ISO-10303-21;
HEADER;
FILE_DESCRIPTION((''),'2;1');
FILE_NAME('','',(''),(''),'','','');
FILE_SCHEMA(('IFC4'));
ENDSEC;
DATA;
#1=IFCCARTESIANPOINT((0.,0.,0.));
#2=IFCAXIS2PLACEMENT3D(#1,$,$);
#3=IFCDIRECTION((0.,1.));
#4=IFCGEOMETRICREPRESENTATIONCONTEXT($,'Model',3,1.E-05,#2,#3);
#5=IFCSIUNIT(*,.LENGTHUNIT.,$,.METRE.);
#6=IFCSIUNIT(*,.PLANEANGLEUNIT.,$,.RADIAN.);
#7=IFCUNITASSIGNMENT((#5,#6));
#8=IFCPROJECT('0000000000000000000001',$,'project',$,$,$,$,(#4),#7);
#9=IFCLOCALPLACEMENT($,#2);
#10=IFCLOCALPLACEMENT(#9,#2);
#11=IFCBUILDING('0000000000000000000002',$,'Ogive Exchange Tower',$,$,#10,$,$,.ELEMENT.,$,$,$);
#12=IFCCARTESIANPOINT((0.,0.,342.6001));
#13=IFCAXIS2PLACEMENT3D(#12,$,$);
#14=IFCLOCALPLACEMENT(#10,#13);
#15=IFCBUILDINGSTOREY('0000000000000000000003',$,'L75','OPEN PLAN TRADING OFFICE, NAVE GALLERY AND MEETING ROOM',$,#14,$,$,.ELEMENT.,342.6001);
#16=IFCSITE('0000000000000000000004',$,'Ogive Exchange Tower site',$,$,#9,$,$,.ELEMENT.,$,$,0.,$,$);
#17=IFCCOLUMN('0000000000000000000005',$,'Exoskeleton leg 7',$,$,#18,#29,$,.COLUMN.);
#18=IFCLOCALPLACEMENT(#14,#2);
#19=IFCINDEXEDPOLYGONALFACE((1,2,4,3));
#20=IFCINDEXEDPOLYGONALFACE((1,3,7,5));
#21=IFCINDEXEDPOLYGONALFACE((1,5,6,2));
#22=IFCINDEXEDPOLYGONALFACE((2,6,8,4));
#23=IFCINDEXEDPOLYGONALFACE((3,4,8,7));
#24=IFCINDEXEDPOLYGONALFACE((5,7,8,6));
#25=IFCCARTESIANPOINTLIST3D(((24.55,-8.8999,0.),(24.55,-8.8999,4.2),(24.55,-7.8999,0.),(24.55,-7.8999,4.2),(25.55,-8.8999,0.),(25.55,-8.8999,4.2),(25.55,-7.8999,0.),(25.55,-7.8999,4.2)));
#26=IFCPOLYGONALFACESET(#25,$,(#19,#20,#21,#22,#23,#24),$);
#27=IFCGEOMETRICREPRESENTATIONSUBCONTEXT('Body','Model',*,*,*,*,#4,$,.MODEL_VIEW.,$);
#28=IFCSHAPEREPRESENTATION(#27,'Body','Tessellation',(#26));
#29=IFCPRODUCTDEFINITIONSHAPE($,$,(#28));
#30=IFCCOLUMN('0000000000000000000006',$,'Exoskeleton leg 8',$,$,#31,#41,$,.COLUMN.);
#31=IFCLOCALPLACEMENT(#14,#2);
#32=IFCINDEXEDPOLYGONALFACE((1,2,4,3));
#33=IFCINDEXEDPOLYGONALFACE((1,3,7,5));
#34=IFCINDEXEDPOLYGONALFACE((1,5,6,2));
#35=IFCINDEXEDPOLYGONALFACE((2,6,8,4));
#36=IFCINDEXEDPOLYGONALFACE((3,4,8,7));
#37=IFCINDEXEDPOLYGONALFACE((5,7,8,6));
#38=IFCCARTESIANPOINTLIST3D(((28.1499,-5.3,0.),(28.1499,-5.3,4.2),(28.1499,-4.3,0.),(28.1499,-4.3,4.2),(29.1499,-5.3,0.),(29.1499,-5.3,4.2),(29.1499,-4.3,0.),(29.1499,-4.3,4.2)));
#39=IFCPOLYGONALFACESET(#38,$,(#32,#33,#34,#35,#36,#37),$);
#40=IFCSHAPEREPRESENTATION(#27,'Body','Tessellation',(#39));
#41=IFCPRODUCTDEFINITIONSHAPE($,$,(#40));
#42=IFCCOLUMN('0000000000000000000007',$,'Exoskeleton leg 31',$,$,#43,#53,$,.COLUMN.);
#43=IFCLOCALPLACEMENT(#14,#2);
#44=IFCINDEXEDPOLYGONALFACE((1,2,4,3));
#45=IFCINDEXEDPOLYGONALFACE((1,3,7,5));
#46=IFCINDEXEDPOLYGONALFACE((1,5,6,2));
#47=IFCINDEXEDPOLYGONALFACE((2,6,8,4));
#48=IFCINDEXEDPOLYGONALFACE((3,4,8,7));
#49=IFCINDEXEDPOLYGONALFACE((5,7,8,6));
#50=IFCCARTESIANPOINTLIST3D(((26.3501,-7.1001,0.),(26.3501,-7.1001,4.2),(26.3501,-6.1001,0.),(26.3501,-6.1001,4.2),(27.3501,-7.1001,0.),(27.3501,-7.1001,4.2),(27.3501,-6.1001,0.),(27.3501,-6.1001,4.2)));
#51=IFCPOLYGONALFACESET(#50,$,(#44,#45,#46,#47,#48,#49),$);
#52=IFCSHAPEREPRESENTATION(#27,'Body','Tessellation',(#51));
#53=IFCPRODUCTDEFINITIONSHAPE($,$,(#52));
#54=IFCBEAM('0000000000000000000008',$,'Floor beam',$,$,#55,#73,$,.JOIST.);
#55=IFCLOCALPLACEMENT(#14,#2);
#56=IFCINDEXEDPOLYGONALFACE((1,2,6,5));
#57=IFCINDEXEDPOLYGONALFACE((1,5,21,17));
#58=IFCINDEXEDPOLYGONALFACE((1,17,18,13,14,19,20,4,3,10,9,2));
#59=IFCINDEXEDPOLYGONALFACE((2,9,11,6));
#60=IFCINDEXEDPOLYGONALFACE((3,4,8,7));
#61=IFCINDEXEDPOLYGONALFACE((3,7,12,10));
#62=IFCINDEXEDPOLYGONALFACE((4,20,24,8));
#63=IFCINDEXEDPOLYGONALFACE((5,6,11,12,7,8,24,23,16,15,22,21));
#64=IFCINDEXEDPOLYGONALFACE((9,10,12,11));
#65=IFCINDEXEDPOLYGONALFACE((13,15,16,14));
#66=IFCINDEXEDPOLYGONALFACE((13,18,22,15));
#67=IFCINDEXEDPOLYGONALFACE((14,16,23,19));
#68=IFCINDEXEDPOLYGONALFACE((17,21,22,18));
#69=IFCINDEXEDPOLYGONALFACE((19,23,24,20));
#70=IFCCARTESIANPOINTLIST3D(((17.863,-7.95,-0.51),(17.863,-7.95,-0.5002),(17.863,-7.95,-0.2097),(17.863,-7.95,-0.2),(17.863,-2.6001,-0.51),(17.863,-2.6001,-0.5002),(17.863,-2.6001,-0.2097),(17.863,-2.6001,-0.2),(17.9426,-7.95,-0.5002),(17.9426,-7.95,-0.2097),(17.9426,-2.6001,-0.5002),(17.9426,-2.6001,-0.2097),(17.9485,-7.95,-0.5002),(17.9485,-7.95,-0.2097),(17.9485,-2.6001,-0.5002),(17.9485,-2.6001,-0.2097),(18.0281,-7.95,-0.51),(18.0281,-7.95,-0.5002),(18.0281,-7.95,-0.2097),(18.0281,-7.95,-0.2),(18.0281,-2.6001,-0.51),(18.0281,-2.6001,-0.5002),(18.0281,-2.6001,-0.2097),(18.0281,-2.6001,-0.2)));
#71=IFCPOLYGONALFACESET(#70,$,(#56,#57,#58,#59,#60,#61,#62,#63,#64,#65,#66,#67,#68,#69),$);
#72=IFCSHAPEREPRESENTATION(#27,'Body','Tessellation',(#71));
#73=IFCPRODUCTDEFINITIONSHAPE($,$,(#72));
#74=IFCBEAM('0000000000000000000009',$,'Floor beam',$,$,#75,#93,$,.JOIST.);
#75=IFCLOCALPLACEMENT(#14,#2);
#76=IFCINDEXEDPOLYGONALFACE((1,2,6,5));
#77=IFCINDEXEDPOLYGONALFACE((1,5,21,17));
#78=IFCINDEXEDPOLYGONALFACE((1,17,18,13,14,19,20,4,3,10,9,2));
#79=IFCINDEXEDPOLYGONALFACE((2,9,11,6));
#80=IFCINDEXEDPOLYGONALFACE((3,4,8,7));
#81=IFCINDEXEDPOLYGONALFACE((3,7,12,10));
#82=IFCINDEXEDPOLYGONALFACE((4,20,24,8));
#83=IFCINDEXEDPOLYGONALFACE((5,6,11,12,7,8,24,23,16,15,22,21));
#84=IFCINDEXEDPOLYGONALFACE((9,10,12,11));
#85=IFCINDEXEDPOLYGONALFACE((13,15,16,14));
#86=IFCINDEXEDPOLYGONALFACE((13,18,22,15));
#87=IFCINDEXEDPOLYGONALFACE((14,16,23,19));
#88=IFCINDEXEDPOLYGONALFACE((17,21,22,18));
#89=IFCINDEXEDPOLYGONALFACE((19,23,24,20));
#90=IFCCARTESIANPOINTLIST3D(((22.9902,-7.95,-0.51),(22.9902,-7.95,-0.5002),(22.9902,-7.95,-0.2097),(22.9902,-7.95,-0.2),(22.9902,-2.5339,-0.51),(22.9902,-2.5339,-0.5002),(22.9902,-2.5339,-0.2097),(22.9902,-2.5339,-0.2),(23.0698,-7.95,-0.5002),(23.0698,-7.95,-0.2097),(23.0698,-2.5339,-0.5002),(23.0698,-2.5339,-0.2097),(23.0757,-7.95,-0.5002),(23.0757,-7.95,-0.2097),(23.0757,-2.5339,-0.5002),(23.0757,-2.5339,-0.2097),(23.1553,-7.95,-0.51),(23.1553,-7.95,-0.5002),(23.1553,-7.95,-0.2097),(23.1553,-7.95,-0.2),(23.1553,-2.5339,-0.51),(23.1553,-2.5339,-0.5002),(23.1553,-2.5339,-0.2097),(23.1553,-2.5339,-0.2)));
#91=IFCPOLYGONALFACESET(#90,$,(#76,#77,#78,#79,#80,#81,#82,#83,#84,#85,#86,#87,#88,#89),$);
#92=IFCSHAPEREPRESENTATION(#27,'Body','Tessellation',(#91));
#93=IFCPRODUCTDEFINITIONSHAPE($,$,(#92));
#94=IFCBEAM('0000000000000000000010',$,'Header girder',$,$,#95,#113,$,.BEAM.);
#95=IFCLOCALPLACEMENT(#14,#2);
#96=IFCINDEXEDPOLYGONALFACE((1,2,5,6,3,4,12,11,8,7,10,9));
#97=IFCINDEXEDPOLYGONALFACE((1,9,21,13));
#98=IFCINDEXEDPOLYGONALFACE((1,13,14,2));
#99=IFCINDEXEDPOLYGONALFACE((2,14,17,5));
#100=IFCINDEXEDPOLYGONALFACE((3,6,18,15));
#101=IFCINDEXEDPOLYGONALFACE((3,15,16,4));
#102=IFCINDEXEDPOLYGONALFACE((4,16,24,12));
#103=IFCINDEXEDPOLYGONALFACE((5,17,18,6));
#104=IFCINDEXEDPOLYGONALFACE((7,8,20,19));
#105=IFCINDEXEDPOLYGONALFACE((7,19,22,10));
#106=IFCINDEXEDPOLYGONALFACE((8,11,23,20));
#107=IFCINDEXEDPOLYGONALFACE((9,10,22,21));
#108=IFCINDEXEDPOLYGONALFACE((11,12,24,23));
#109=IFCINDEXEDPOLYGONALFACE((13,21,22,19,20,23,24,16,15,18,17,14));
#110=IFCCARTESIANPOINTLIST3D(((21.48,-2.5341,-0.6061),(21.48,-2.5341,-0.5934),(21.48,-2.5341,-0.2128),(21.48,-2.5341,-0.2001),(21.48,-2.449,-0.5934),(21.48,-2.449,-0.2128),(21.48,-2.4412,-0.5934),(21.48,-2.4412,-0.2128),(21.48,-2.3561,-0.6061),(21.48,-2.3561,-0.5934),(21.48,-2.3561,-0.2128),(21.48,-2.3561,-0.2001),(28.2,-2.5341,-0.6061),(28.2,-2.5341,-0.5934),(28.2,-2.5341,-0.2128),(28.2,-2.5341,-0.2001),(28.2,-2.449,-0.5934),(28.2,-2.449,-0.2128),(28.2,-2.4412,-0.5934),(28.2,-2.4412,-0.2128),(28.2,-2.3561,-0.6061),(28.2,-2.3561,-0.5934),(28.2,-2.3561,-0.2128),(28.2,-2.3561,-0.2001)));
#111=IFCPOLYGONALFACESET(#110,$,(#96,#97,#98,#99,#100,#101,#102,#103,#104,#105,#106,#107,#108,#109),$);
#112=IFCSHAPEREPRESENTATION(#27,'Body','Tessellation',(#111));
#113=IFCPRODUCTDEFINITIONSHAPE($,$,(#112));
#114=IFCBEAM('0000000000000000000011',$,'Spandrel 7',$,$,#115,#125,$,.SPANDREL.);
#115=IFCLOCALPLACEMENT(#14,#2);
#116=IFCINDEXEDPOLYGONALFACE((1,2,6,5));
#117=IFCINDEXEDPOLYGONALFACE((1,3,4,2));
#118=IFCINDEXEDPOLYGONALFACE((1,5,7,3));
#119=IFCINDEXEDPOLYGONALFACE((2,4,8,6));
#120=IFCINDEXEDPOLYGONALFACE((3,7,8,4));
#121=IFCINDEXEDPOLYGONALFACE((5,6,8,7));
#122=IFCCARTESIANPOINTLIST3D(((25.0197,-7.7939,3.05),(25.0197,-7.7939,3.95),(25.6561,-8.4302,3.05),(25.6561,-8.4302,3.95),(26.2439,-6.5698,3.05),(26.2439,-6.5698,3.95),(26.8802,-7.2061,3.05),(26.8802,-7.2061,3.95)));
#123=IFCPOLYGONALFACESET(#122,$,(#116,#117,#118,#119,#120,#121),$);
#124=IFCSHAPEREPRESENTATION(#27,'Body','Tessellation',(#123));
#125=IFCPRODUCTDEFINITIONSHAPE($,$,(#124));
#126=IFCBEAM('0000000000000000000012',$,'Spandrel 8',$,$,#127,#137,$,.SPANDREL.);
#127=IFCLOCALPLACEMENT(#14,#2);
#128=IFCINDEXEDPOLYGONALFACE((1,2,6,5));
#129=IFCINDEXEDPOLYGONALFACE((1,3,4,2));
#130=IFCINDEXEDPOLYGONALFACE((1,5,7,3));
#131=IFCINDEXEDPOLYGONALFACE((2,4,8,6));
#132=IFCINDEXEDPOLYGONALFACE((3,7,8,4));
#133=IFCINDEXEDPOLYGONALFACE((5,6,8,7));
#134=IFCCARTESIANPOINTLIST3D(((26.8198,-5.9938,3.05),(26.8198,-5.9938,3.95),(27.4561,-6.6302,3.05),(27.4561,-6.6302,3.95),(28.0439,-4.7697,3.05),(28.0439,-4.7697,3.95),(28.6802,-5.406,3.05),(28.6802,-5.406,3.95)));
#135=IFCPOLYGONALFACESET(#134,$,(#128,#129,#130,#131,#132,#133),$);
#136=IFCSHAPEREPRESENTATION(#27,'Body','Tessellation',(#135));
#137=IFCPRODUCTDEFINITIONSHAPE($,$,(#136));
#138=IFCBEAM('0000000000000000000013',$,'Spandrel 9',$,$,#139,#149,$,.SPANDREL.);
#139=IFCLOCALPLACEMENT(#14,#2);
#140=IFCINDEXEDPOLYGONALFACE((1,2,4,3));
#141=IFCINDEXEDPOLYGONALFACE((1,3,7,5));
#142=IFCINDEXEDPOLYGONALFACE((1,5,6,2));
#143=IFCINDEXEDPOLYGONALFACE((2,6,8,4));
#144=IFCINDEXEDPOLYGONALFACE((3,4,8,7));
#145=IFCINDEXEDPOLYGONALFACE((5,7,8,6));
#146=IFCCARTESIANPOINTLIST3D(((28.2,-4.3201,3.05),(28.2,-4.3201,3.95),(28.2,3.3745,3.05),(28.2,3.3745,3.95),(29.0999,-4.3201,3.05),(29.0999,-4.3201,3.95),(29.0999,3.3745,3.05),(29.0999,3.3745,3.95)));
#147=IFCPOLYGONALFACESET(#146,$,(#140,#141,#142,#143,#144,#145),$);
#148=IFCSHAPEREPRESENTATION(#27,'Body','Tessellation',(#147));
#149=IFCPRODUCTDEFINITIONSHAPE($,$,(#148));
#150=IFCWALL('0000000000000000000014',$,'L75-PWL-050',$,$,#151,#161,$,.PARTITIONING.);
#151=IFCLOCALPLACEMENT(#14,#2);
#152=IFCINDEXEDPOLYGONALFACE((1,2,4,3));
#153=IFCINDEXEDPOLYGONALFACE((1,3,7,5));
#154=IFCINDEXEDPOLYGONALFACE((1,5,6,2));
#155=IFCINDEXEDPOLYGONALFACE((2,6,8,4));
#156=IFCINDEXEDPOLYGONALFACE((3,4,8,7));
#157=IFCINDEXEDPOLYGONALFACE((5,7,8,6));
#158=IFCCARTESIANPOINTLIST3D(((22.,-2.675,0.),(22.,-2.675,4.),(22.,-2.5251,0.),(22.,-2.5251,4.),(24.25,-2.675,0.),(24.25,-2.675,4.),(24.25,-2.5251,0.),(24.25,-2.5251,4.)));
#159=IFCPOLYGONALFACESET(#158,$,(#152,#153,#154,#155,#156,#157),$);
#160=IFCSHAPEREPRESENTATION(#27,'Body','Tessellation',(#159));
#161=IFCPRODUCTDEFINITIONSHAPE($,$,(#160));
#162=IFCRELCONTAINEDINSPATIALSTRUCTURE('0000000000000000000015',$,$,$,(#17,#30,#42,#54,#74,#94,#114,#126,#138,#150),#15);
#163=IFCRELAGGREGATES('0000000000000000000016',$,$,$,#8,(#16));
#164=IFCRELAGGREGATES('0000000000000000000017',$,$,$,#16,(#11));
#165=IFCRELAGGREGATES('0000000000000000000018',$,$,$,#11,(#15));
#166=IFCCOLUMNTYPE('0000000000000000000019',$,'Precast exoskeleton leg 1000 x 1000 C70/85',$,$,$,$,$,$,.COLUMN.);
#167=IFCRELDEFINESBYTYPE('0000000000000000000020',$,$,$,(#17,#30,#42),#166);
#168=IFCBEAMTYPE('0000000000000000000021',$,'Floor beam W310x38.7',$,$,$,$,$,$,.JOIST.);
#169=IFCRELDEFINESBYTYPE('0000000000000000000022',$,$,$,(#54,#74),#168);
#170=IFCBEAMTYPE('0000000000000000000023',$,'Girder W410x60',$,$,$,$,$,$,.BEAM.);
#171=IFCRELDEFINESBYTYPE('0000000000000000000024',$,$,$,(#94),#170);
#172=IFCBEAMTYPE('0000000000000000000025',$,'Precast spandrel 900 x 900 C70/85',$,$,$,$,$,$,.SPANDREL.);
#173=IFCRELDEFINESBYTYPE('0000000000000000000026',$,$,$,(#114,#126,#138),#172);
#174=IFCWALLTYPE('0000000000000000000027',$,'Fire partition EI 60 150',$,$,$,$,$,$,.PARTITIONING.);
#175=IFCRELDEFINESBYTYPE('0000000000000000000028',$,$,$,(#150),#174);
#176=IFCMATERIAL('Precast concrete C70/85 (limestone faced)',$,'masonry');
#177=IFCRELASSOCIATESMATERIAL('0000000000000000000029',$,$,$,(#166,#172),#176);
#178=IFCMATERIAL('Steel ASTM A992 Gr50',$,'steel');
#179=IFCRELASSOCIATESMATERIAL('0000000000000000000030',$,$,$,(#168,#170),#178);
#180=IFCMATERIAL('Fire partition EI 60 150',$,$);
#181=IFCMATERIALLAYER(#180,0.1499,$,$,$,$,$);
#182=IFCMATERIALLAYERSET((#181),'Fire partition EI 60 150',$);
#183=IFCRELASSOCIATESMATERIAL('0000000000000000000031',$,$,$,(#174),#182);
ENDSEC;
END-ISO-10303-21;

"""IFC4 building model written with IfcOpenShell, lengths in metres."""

from ifc_helpers import new_model, si_unit, direction, frame, frame_2d, origin, origin_2d, place, context, subcontext, project, spatial, rectangle, i_section, extrude, material, layer, layer_set, material_profile, profile_set, type_object, element, save


model = new_model("IFC4")

# Units and contexts
model_context = context("Model", 3, precision=1e-05, world=origin(), true_north=direction((0.0, 1.0)))
body_context = subcontext(model_context, "Body", "Model", "MODEL_VIEW")
ifc_project = project(units=[si_unit("LENGTHUNIT", "METRE"), si_unit("PLANEANGLEUNIT", "RADIAN")], contexts=[model_context])

# Site, building, storey
site_placement = place(None, origin())
site = spatial("IfcSite", under=ifc_project, at=site_placement, Name="Ogive Exchange Tower site", CompositionType="ELEMENT", RefElevation=0.0)
building_placement = place(site_placement, origin())
building = spatial("IfcBuilding", under=site, at=building_placement, Name="Ogive Exchange Tower", CompositionType="ELEMENT")
storey_placement = place(building_placement, frame((0.0, 0.0, 342.6001)))
storey = spatial("IfcBuildingStorey", under=building, at=storey_placement, Name="L75", Description="OPEN PLAN TRADING OFFICE, NAVE GALLERY AND MEETING ROOM", CompositionType="ELEMENT", Elevation=342.6001)

# Columns
ifc_material_1 = material(Name="Precast concrete C70/85 (limestone faced)", Category="masonry")
ifc_material_profile_1 = material_profile(ifc_material_1, rectangle(XDim=1.0, YDim=1.0, at=origin_2d()), Name="1000 x 1000")
ifc_profile_set_1 = profile_set([ifc_material_profile_1], Name="Precast concrete C70/85 (limestone faced)")
column_type = type_object("IfcColumnType", Name="Precast exoskeleton leg 1000 x 1000 C70/85", PredefinedType="COLUMN", material=ifc_profile_set_1)
for number, where, z_axis, x_axis, name in (
    (1, (25.05, -8.3999, 0.0), (0.0, 0.0, 1.0), (1.0, 0.0, 0.0), "Exoskeleton leg 7"),
    (2, (28.6499, -4.8, 0.0), (0.0, 0.0, 1.0), (1.0, 0.0, 0.0), "Exoskeleton leg 8"),
    (3, (26.8501, -6.6001, 0.0), (0.0, 0.0, 1.0), (1.0, 0.0, 0.0), "Exoskeleton leg 31"),
):
    element("IfcColumn", number, at=place(storey_placement, frame(where, z_axis=z_axis, x_axis=x_axis)), inside=storey, type_object=column_type, Name=name, PredefinedType="COLUMN", context=body_context, shape_type="SweptSolid", body=[
        extrude(rectangle(XDim=1.0, YDim=1.0, at=origin_2d()), origin(), (0.0, 0.0, 1.0), 4.2),
    ])

# Beams
ifc_material_2 = material(Name="Steel ASTM A992 Gr50", Category="steel")
ifc_material_profile_2 = material_profile(ifc_material_2, i_section(OverallWidth=0.165, OverallDepth=0.3101, WebThickness=0.0059, FlangeThickness=0.0098, at=origin_2d()), Name="W310x38.7")
ifc_profile_set_2 = profile_set([ifc_material_profile_2], Name="Steel ASTM A992 Gr50")
beam_type_1 = type_object("IfcBeamType", Name="Floor beam W310x38.7", PredefinedType="JOIST", material=ifc_profile_set_2)
beam_1_placement = place(storey_placement, frame((17.9456, -7.95, -0.355), z_axis=(0.0, 1.0, 0.0), x_axis=(-1.0, 0.0, 0.0)))
element("IfcBeam", 4, at=beam_1_placement, inside=storey, type_object=beam_type_1, Name="Floor beam", PredefinedType="JOIST", context=body_context, shape_type="SweptSolid", body=[
    extrude(i_section(OverallWidth=0.165, OverallDepth=0.3101, WebThickness=0.0059, FlangeThickness=0.0098, at=origin_2d()), origin(), (0.0, 0.0, 1.0), 5.3499),
])
beam_2_placement = place(storey_placement, frame((23.0728, -7.95, -0.355), z_axis=(0.0, 1.0, 0.0), x_axis=(-1.0, 0.0, 0.0)))
element("IfcBeam", 5, at=beam_2_placement, inside=storey, type_object=beam_type_1, Name="Floor beam", PredefinedType="JOIST", context=body_context, shape_type="SweptSolid", body=[
    extrude(i_section(OverallWidth=0.165, OverallDepth=0.3101, WebThickness=0.0059, FlangeThickness=0.0098, at=origin_2d()), origin(), (0.0, 0.0, 1.0), 5.416),
])
ifc_material_profile_3 = material_profile(ifc_material_2, i_section(OverallWidth=0.178, OverallDepth=0.406, WebThickness=0.0078, FlangeThickness=0.0127, at=origin_2d()), Name="W410x60")
ifc_profile_set_3 = profile_set([ifc_material_profile_3], Name="Steel ASTM A992 Gr50")
beam_type_2 = type_object("IfcBeamType", Name="Girder W410x60", PredefinedType="BEAM", material=ifc_profile_set_3)
beam_3_placement = place(storey_placement, frame((21.48, -2.4451, -0.4031), z_axis=(1.0, 0.0, 0.0), x_axis=(0.0, 1.0, 0.0)))
element("IfcBeam", 6, at=beam_3_placement, inside=storey, type_object=beam_type_2, Name="Header girder", PredefinedType="BEAM", context=body_context, shape_type="SweptSolid", body=[
    extrude(i_section(OverallWidth=0.178, OverallDepth=0.406, WebThickness=0.0078, FlangeThickness=0.0127, at=origin_2d()), origin(), (0.0, 0.0, 1.0), 6.72),
])
ifc_material_profile_4 = material_profile(ifc_material_1, rectangle(XDim=0.8999, YDim=0.8999, at=origin_2d()), Name="900 x 900")
ifc_profile_set_4 = profile_set([ifc_material_profile_4], Name="Precast concrete C70/85 (limestone faced)")
beam_type_3 = type_object("IfcBeamType", Name="Precast spandrel 900 x 900 C70/85", PredefinedType="SPANDREL", material=ifc_profile_set_4)
for number, where, z_axis, x_axis, name in (
    (7, (25.3379, -8.1121, 3.5), (0.707107, 0.707107, 0.0), (-0.707107, 0.707107, 0.0), "Spandrel 7"),
    (8, (27.1379, -6.312, 3.5), (0.707107, 0.707107, 0.0), (-0.707107, 0.707107, 0.0), "Spandrel 8"),
):
    element("IfcBeam", number, at=place(storey_placement, frame(where, z_axis=z_axis, x_axis=x_axis)), inside=storey, type_object=beam_type_3, Name=name, PredefinedType="SPANDREL", context=body_context, shape_type="SweptSolid", body=[
        extrude(rectangle(XDim=0.8999, YDim=0.8999, at=origin_2d()), origin(), (0.0, 0.0, 1.0), 1.7312),
    ])
beam_4_placement = place(storey_placement, frame((28.6499, -4.3201, 3.5), z_axis=(0.0, 1.0, 0.0), x_axis=(-1.0, 0.0, 0.0)))
element("IfcBeam", 9, at=beam_4_placement, inside=storey, type_object=beam_type_3, Name="Spandrel 9", PredefinedType="SPANDREL", context=body_context, shape_type="SweptSolid", body=[
    extrude(rectangle(XDim=0.8999, YDim=0.8999, at=origin_2d()), origin(), (0.0, 0.0, 1.0), 7.6946),
])

# Wall
ifc_material_3 = material(Name="Fire partition EI 60 150")
ifc_layer_1 = layer(ifc_material_3, 0.1499)
ifc_layer_set_1 = layer_set([ifc_layer_1], Name="Fire partition EI 60 150")
wall_type_1 = type_object("IfcWallType", Name="Fire partition EI 60 150", PredefinedType="PARTITIONING", material=ifc_layer_set_1)
wall_1_placement = place(storey_placement, frame((22.0, -2.6001, 0.0), z_axis=(0.0, 0.0, 1.0), x_axis=(1.0, 0.0, 0.0)))
element("IfcWall", 10, at=wall_1_placement, inside=storey, type_object=wall_type_1, Name="L75-PWL-050", PredefinedType="PARTITIONING", context=body_context, shape_type="SweptSolid", body=[
    extrude(rectangle(XDim=2.25, YDim=0.1499, at=frame_2d((1.125, 0.0))), origin(), (0.0, 0.0, 1.0), 4.0),
])

save(model, "model.ifc")
